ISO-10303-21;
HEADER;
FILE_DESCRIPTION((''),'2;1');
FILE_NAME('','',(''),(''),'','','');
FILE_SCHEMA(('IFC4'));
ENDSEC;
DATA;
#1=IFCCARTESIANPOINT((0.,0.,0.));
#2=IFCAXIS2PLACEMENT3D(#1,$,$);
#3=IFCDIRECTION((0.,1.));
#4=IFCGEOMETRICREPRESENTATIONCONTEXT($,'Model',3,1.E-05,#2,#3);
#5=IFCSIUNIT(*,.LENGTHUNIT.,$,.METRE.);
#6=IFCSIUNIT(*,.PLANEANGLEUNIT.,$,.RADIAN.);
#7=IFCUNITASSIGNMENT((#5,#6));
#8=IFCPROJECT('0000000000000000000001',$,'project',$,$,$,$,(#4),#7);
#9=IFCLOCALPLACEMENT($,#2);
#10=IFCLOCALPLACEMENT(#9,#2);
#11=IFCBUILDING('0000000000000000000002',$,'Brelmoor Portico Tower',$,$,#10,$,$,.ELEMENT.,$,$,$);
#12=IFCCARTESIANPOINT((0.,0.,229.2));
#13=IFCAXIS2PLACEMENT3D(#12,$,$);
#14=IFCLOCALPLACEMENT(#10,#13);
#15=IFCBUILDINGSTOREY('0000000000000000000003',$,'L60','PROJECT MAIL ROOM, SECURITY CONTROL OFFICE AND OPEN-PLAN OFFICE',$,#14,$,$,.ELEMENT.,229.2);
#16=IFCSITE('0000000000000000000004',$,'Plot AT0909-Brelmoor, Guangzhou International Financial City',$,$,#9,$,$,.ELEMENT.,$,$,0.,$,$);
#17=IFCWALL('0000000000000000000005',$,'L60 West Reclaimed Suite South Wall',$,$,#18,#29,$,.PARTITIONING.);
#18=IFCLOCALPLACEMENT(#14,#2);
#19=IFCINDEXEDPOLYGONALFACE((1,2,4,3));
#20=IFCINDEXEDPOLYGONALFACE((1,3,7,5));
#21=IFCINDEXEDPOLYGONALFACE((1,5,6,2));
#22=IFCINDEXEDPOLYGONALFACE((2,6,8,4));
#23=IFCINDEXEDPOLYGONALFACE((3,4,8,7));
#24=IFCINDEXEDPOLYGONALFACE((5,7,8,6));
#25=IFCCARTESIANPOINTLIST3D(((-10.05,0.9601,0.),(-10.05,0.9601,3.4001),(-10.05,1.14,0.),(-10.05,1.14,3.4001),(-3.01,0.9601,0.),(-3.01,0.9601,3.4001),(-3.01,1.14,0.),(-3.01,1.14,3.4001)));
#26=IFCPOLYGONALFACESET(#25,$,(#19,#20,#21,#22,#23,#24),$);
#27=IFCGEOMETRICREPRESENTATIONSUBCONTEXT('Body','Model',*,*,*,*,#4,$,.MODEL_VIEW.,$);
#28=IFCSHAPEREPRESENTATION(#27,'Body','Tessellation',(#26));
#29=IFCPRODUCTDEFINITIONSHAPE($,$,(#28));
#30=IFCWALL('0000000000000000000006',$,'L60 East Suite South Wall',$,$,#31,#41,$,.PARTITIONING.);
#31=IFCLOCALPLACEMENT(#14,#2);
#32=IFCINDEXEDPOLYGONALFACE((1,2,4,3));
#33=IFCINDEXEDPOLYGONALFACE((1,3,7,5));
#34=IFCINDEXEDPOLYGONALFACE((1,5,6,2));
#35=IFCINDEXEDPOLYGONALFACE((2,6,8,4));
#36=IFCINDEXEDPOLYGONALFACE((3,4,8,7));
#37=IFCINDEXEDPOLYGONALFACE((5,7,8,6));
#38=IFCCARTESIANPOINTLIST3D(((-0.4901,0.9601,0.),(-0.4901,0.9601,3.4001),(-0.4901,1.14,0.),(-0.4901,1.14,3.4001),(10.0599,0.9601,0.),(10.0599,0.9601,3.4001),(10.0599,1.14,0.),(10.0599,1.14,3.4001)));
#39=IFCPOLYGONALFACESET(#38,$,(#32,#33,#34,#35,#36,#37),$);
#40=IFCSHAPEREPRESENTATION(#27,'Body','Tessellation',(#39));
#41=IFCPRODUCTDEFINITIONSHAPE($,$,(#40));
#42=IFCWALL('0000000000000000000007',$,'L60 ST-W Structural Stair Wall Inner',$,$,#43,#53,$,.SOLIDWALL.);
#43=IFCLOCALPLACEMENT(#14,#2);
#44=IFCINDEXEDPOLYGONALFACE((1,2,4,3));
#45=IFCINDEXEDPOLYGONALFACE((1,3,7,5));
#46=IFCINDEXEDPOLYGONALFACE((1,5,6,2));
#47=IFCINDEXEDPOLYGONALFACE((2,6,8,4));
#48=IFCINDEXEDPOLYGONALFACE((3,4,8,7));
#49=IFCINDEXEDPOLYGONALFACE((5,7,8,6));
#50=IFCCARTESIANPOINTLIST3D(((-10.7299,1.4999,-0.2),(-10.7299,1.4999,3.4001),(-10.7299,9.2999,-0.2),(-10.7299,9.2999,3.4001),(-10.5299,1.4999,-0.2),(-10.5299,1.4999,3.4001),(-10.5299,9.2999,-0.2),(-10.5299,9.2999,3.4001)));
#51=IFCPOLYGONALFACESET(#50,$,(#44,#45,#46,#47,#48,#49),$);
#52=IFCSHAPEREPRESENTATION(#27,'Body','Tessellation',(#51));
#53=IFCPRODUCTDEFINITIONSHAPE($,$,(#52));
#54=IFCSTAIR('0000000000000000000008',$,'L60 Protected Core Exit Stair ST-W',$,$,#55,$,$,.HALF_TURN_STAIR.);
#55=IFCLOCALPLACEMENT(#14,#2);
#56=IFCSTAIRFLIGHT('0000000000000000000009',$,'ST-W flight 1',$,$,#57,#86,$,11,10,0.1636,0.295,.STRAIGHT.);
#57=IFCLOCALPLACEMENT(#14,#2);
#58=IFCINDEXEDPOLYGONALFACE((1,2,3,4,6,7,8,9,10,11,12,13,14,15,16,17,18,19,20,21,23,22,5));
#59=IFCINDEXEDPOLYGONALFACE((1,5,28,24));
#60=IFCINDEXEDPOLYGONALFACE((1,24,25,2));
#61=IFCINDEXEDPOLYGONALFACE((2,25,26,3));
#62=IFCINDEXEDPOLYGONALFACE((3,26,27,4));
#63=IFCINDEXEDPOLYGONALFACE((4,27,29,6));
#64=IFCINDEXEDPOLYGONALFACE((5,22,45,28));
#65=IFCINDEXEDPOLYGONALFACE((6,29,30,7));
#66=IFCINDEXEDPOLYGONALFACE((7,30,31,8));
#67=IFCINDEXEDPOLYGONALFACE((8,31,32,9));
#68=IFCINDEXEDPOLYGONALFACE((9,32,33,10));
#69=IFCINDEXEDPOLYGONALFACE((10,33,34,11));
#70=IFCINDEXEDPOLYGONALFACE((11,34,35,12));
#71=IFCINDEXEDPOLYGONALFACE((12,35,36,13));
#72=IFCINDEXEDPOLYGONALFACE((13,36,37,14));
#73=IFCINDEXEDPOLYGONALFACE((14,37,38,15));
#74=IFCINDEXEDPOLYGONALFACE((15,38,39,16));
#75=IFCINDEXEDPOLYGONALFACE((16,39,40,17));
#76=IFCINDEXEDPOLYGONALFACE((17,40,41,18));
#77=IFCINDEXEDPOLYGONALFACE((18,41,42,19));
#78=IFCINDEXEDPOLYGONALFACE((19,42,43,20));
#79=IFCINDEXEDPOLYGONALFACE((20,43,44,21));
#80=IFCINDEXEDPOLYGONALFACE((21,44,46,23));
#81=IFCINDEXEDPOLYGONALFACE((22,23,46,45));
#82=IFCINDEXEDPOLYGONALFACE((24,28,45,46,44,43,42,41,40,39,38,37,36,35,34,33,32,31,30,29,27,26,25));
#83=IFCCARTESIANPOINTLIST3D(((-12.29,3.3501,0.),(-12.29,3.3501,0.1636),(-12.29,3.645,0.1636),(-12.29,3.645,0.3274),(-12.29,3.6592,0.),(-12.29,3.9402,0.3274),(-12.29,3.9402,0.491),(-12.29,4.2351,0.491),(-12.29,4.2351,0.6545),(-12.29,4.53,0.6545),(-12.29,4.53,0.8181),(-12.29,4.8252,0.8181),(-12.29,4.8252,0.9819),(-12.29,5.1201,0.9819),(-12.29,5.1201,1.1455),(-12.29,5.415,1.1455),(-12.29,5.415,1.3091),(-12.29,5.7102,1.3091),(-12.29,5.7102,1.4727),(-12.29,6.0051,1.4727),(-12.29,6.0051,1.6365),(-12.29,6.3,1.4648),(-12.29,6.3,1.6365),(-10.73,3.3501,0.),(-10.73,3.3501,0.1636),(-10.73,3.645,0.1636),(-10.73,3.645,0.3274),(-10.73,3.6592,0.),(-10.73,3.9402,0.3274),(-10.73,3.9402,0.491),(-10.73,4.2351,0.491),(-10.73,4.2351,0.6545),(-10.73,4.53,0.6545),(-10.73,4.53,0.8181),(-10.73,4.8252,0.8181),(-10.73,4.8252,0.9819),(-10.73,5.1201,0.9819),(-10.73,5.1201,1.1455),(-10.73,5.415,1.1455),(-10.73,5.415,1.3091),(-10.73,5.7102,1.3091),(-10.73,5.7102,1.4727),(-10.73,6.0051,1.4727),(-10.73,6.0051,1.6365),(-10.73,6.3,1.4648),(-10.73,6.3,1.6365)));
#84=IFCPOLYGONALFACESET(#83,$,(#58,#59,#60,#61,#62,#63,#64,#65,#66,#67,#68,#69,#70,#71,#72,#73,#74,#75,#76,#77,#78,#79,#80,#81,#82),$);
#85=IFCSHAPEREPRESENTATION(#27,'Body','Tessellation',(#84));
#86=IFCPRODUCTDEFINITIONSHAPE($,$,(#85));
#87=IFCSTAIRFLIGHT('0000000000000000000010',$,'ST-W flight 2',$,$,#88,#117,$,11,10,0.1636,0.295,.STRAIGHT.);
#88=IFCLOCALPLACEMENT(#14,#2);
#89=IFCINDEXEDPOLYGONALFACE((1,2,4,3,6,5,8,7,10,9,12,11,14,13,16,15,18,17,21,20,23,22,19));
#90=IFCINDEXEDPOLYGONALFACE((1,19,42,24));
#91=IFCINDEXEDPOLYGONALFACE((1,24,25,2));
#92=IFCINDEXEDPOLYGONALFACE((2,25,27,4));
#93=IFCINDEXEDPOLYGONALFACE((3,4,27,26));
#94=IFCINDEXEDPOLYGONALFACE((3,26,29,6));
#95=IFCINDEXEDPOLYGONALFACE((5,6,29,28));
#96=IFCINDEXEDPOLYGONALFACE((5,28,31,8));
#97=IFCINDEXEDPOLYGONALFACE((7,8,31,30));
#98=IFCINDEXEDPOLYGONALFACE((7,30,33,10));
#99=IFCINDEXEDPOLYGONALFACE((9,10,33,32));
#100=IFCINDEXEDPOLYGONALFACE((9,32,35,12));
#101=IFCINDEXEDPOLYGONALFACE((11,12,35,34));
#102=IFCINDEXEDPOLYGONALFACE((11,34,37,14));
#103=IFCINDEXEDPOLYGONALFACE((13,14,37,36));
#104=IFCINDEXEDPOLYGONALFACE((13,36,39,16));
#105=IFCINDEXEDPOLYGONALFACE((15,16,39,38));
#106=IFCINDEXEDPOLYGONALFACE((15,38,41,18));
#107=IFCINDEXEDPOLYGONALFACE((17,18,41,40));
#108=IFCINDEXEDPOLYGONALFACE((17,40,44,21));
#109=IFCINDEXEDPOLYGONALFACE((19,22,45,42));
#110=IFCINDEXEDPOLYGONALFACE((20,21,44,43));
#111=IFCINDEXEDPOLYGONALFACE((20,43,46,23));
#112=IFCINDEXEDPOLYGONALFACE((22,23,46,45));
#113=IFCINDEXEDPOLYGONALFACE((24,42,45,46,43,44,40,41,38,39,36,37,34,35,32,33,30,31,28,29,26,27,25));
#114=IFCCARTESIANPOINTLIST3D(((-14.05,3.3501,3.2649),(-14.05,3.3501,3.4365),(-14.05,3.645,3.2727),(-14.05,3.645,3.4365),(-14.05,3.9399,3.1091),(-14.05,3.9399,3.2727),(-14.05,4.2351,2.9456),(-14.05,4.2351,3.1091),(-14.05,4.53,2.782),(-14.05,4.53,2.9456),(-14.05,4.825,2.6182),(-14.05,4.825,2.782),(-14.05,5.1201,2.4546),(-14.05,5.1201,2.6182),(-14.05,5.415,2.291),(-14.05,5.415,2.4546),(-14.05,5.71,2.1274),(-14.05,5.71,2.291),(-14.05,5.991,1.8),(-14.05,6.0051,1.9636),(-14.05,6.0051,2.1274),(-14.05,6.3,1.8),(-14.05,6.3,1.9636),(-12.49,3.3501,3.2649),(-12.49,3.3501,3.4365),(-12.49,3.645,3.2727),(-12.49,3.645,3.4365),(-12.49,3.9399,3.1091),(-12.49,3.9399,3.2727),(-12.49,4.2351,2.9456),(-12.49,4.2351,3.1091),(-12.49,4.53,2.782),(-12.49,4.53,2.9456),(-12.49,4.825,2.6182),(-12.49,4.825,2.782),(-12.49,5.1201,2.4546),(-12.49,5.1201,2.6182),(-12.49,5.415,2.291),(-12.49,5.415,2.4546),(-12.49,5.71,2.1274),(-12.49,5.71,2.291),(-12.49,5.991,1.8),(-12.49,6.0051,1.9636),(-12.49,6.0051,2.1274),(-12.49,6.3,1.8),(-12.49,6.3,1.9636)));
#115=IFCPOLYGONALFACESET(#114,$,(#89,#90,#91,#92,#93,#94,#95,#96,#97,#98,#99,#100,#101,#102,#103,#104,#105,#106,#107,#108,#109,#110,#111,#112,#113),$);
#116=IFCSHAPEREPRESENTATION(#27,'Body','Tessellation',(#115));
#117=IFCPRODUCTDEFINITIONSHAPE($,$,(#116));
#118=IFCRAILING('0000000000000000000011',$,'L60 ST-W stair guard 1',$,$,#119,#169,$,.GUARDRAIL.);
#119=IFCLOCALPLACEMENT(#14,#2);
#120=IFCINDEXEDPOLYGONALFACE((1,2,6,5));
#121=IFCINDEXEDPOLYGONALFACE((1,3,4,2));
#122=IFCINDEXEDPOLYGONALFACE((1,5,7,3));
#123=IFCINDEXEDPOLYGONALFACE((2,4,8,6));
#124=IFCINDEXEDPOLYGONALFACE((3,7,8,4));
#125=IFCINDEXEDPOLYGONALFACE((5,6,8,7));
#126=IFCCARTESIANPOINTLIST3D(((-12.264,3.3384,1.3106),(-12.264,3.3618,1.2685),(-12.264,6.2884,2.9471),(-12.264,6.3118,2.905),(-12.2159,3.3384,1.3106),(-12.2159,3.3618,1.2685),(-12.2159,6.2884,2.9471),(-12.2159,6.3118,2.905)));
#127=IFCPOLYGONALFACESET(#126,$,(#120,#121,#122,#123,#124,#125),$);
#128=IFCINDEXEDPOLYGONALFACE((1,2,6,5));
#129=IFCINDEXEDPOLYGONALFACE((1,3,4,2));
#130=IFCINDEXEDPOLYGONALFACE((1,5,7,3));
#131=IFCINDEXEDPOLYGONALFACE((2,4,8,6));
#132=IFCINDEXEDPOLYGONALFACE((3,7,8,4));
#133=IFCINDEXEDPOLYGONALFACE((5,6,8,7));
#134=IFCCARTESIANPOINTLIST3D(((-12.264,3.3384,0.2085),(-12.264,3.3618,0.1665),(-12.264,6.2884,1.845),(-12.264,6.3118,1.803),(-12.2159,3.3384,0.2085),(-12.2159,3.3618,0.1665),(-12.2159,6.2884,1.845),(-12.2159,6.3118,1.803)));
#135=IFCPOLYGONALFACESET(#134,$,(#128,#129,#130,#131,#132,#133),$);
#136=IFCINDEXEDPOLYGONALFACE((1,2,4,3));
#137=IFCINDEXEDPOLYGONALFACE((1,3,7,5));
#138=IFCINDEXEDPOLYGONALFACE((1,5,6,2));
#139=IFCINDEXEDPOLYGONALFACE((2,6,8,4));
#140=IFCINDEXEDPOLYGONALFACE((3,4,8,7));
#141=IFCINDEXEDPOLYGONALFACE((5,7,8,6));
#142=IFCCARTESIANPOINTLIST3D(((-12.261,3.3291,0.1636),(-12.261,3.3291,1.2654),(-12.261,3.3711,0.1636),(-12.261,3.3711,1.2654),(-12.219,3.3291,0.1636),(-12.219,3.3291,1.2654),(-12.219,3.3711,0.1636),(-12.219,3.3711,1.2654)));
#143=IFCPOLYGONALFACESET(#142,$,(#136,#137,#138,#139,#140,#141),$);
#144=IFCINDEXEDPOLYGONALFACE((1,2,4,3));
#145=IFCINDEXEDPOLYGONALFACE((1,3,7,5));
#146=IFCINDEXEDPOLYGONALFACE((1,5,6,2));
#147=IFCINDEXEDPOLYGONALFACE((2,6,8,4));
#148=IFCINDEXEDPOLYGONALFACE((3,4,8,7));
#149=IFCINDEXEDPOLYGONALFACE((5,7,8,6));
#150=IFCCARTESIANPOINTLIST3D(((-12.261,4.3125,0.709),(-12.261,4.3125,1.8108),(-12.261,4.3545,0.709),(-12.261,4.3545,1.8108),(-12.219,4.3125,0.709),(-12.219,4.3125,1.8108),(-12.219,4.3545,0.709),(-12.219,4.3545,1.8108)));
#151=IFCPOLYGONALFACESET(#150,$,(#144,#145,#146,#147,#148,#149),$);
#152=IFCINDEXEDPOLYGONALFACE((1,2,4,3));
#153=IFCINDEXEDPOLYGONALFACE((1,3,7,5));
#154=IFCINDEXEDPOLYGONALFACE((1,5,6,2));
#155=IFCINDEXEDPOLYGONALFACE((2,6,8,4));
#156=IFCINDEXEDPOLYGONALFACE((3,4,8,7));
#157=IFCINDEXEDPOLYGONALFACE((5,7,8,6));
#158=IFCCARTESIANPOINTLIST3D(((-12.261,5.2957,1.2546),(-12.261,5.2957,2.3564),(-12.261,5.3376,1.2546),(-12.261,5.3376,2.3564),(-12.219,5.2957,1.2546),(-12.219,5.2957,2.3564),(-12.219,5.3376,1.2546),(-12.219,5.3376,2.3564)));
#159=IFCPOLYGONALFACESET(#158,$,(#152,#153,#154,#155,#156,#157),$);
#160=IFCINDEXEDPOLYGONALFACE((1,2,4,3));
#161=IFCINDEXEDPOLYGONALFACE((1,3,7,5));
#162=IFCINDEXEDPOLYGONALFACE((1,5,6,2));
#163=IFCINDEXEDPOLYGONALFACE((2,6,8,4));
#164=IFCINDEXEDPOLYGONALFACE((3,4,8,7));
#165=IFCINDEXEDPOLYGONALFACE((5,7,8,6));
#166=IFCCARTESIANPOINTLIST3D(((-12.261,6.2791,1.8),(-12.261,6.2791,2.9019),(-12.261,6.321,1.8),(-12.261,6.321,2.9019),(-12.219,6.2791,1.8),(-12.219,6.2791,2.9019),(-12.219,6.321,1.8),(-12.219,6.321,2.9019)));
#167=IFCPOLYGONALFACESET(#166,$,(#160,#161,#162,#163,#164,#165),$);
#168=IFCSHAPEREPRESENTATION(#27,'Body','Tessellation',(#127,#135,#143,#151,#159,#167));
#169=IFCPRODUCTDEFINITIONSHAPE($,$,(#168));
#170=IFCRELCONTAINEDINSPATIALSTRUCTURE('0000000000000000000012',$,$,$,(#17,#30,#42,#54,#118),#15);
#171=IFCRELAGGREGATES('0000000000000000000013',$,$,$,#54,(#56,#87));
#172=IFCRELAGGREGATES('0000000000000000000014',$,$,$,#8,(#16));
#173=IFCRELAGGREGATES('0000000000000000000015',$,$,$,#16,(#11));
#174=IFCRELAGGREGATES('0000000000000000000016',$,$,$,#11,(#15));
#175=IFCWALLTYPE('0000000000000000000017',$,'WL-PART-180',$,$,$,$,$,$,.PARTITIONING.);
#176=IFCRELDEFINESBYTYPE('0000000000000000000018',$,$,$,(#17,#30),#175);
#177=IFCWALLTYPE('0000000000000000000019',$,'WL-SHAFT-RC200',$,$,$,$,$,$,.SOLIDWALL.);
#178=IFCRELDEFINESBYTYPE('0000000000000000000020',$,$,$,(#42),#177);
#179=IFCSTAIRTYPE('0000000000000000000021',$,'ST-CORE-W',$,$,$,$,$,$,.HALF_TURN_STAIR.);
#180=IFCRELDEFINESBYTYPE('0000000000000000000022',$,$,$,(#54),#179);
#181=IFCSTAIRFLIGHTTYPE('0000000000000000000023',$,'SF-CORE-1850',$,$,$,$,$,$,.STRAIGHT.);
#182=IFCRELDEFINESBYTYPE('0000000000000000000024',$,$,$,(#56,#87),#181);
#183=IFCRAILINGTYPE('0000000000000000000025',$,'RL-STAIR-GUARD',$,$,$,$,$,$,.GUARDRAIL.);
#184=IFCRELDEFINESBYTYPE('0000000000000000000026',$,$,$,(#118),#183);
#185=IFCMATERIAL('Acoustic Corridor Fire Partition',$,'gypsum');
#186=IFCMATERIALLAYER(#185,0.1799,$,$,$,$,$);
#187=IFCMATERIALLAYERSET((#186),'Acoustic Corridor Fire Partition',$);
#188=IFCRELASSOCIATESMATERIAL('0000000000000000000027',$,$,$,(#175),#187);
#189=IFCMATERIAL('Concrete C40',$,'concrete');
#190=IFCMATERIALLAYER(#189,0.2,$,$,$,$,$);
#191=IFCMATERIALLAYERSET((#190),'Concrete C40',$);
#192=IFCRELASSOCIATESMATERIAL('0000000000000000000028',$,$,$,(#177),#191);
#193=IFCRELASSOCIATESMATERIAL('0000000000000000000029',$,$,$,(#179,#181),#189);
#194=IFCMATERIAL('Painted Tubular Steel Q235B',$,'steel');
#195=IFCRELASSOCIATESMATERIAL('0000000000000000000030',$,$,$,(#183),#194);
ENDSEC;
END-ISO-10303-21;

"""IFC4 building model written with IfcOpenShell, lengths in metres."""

from ifc_helpers import new_model, si_unit, direction, frame, frame_2d, origin, origin_2d, place, context, subcontext, project, spatial, polyline, rectangle, outline, extrude, material, layer, layer_set, type_object, element, aggregate, save


model = new_model("IFC4")

# Units and contexts
model_context = context("Model", 3, precision=1e-05, world=origin(), true_north=direction((0.0, 1.0)))
body_context = subcontext(model_context, "Body", "Model", "MODEL_VIEW")
ifc_project = project(units=[si_unit("LENGTHUNIT", "METRE"), si_unit("PLANEANGLEUNIT", "RADIAN")], contexts=[model_context])

# Site, building, storey
site_placement = place(None, origin())
site = spatial("IfcSite", under=ifc_project, at=site_placement, Name="Plot AT0909-Brelmoor, Guangzhou International Financial City", CompositionType="ELEMENT", RefElevation=0.0)
building_placement = place(site_placement, origin())
building = spatial("IfcBuilding", under=site, at=building_placement, Name="Brelmoor Portico Tower", CompositionType="ELEMENT")
storey_placement = place(building_placement, frame((0.0, 0.0, 229.2)))
storey = spatial("IfcBuildingStorey", under=building, at=storey_placement, Name="L60", Description="PROJECT MAIL ROOM, SECURITY CONTROL OFFICE AND OPEN-PLAN OFFICE", CompositionType="ELEMENT", Elevation=229.2)

# Shared definitions
ifc_material_1 = material(Name="Concrete C40", Category="concrete")

# Walls
ifc_material_2 = material(Name="Acoustic Corridor Fire Partition", Category="gypsum")
ifc_layer_1 = layer(ifc_material_2, 0.1799)
ifc_layer_set_1 = layer_set([ifc_layer_1], Name="Acoustic Corridor Fire Partition")
wall_type_1 = type_object("IfcWallType", Name="WL-PART-180", PredefinedType="PARTITIONING", material=ifc_layer_set_1)
wall_1_placement = place(storey_placement, frame((-10.05, 1.05, 0.0), z_axis=(0.0, 0.0, 1.0), x_axis=(1.0, 0.0, 0.0)))
element("IfcWall", 1, at=wall_1_placement, inside=storey, type_object=wall_type_1, Name="L60 West Reclaimed Suite South Wall", PredefinedType="PARTITIONING", context=body_context, shape_type="SweptSolid", body=[
    extrude(rectangle(XDim=7.04, YDim=0.1799, at=frame_2d((3.52, 0.0))), origin(), (0.0, 0.0, 1.0), 3.4001),
])
wall_2_placement = place(storey_placement, frame((-0.49, 1.05, 0.0), z_axis=(0.0, 0.0, 1.0), x_axis=(1.0, 0.0, 0.0)))
element("IfcWall", 2, at=wall_2_placement, inside=storey, type_object=wall_type_1, Name="L60 East Suite South Wall", PredefinedType="PARTITIONING", context=body_context, shape_type="SweptSolid", body=[
    extrude(rectangle(XDim=10.55, YDim=0.1799, at=frame_2d((5.2749, 0.0))), origin(), (0.0, 0.0, 1.0), 3.4001),
])
ifc_layer_2 = layer(ifc_material_1, 0.2)
ifc_layer_set_2 = layer_set([ifc_layer_2], Name="Concrete C40")
wall_type_2 = type_object("IfcWallType", Name="WL-SHAFT-RC200", PredefinedType="SOLIDWALL", material=ifc_layer_set_2)
wall_3_placement = place(storey_placement, frame((-10.6299, 1.5, -0.2), z_axis=(0.0, 0.0, 1.0), x_axis=(0.0, 1.0, 0.0)))
element("IfcWall", 3, at=wall_3_placement, inside=storey, type_object=wall_type_2, Name="L60 ST-W Structural Stair Wall Inner", PredefinedType="SOLIDWALL", context=body_context, shape_type="SweptSolid", body=[
    extrude(rectangle(XDim=7.8, YDim=0.2, at=frame_2d((3.8999, 0.0))), origin(), (0.0, 0.0, 1.0), 3.6001),
])

# Stair, stair flights
stair_type = type_object("IfcStairType", Name="ST-CORE-W", PredefinedType="HALF_TURN_STAIR", material=ifc_material_1)
stair_placement = place(storey_placement, origin())
stair = element("IfcStair", 4, at=stair_placement, inside=storey, type_object=stair_type, Name="L60 Protected Core Exit Stair ST-W", PredefinedType="HALF_TURN_STAIR")
stair_flight_type = type_object("IfcStairFlightType", Name="SF-CORE-1850", PredefinedType="STRAIGHT", material=ifc_material_1)
stair_flight_1_placement = place(storey_placement, frame((-11.51, 3.3501, 0.0), z_axis=(0.0, 0.0, 1.0), x_axis=(0.0, 1.0, 0.0)))
stair_flight_1 = element("IfcStairFlight", 5, at=stair_flight_1_placement, type_object=stair_flight_type, Name="ST-W flight 1", NumberOfRisers=11, NumberOfTreads=10, PredefinedType="STRAIGHT", RiserHeight=0.1636, TreadLength=0.295, context=body_context, shape_type="SweptSolid", body=[
    extrude(outline(polyline([(0.0, 0.0), (0.0, 0.1636), (0.2949, 0.1636), (0.2949, 0.3274), (0.5901, 0.3274), (0.5901, 0.491), (0.885, 0.491), (0.885, 0.6545), (1.1799, 0.6545), (1.1799, 0.8181), (1.4751, 0.8181), (1.4751, 0.9819), (1.77, 0.9819), (1.77, 1.1455), (2.0649, 1.1455), (2.0649, 1.3091), (2.3601, 1.3091), (2.3601, 1.4727), (2.655, 1.4727), (2.655, 1.6365), (2.95, 1.6365), (2.95, 1.8), (2.95, 1.4648), (0.3091, 0.0), (0.0, 0.0)])), frame((0.0, 0.78, 0.0), z_axis=(0.0, -1.0, 0.0), x_axis=(1.0, 0.0, 0.0)), (0.0, 0.0, 1.0), 1.5601),
])
stair_flight_2_placement = place(storey_placement, frame((-13.27, 6.3, 1.8), z_axis=(0.0, 0.0, 1.0), x_axis=(0.0, -1.0, 0.0)))
stair_flight_2 = element("IfcStairFlight", 6, at=stair_flight_2_placement, type_object=stair_flight_type, Name="ST-W flight 2", NumberOfRisers=11, NumberOfTreads=10, PredefinedType="STRAIGHT", RiserHeight=0.1636, TreadLength=0.295, context=body_context, shape_type="SweptSolid", body=[
    extrude(outline(polyline([(0.0, 0.0), (0.0, 0.1636), (0.2949, 0.1636), (0.2949, 0.3274), (0.5901, 0.3274), (0.5901, 0.491), (0.885, 0.491), (0.885, 0.6545), (1.1799, 0.6545), (1.1799, 0.8181), (1.4751, 0.8181), (1.4751, 0.9819), (1.77, 0.9819), (1.77, 1.1455), (2.0649, 1.1455), (2.0649, 1.3091), (2.3601, 1.3091), (2.3601, 1.4727), (2.655, 1.4727), (2.655, 1.6365), (2.95, 1.6365), (2.95, 1.8), (2.95, 1.4648), (0.3091, 0.0), (0.0, 0.0)])), frame((0.0, 0.78, 0.0), z_axis=(0.0, -1.0, 0.0), x_axis=(1.0, 0.0, 0.0)), (0.0, 0.0, 1.0), 1.5601),
])
aggregate(stair, [stair_flight_1, stair_flight_2])

# Railing
ifc_material_3 = material(Name="Painted Tubular Steel Q235B", Category="steel")
railing_type_1 = type_object("IfcRailingType", Name="RL-STAIR-GUARD", PredefinedType="GUARDRAIL", material=ifc_material_3)
railing_1_placement = place(storey_placement, frame((-12.24, 3.3501, 0.1636)))
element("IfcRailing", 7, at=railing_1_placement, inside=storey, type_object=railing_type_1, Name="L60 ST-W stair guard 1", PredefinedType="GUARDRAIL", context=body_context, shape_type="SweptSolid", body=[
    extrude(rectangle(XDim=0.0481, YDim=0.0481, at=origin_2d()), frame((0.0, 0.0, 1.126), z_axis=(0.0, 0.874458, 0.485102), x_axis=(-1.0, 0.0, 0.0)), (0.0, 0.0, 1.0), 3.3735),
    extrude(rectangle(XDim=0.0481, YDim=0.0481, at=origin_2d()), frame((0.0, 0.0, 0.0239), z_axis=(0.0, 0.874458, 0.485102), x_axis=(-1.0, 0.0, 0.0)), (0.0, 0.0, 1.0), 3.3735),
    extrude(rectangle(XDim=0.042, YDim=0.042, at=origin_2d()), origin(), (0.0, 0.0, 1.0), 1.1018),
    extrude(rectangle(XDim=0.042, YDim=0.042, at=origin_2d()), frame((0.0, 0.9834, 0.5454)), (0.0, 0.0, 1.0), 1.1018),
    extrude(rectangle(XDim=0.042, YDim=0.042, at=origin_2d()), frame((0.0, 1.9666, 1.0911)), (0.0, 0.0, 1.0), 1.1018),
    extrude(rectangle(XDim=0.042, YDim=0.042, at=origin_2d()), frame((0.0, 2.95, 1.6365)), (0.0, 0.0, 1.0), 1.1018),
])

save(model, "model.ifc")
